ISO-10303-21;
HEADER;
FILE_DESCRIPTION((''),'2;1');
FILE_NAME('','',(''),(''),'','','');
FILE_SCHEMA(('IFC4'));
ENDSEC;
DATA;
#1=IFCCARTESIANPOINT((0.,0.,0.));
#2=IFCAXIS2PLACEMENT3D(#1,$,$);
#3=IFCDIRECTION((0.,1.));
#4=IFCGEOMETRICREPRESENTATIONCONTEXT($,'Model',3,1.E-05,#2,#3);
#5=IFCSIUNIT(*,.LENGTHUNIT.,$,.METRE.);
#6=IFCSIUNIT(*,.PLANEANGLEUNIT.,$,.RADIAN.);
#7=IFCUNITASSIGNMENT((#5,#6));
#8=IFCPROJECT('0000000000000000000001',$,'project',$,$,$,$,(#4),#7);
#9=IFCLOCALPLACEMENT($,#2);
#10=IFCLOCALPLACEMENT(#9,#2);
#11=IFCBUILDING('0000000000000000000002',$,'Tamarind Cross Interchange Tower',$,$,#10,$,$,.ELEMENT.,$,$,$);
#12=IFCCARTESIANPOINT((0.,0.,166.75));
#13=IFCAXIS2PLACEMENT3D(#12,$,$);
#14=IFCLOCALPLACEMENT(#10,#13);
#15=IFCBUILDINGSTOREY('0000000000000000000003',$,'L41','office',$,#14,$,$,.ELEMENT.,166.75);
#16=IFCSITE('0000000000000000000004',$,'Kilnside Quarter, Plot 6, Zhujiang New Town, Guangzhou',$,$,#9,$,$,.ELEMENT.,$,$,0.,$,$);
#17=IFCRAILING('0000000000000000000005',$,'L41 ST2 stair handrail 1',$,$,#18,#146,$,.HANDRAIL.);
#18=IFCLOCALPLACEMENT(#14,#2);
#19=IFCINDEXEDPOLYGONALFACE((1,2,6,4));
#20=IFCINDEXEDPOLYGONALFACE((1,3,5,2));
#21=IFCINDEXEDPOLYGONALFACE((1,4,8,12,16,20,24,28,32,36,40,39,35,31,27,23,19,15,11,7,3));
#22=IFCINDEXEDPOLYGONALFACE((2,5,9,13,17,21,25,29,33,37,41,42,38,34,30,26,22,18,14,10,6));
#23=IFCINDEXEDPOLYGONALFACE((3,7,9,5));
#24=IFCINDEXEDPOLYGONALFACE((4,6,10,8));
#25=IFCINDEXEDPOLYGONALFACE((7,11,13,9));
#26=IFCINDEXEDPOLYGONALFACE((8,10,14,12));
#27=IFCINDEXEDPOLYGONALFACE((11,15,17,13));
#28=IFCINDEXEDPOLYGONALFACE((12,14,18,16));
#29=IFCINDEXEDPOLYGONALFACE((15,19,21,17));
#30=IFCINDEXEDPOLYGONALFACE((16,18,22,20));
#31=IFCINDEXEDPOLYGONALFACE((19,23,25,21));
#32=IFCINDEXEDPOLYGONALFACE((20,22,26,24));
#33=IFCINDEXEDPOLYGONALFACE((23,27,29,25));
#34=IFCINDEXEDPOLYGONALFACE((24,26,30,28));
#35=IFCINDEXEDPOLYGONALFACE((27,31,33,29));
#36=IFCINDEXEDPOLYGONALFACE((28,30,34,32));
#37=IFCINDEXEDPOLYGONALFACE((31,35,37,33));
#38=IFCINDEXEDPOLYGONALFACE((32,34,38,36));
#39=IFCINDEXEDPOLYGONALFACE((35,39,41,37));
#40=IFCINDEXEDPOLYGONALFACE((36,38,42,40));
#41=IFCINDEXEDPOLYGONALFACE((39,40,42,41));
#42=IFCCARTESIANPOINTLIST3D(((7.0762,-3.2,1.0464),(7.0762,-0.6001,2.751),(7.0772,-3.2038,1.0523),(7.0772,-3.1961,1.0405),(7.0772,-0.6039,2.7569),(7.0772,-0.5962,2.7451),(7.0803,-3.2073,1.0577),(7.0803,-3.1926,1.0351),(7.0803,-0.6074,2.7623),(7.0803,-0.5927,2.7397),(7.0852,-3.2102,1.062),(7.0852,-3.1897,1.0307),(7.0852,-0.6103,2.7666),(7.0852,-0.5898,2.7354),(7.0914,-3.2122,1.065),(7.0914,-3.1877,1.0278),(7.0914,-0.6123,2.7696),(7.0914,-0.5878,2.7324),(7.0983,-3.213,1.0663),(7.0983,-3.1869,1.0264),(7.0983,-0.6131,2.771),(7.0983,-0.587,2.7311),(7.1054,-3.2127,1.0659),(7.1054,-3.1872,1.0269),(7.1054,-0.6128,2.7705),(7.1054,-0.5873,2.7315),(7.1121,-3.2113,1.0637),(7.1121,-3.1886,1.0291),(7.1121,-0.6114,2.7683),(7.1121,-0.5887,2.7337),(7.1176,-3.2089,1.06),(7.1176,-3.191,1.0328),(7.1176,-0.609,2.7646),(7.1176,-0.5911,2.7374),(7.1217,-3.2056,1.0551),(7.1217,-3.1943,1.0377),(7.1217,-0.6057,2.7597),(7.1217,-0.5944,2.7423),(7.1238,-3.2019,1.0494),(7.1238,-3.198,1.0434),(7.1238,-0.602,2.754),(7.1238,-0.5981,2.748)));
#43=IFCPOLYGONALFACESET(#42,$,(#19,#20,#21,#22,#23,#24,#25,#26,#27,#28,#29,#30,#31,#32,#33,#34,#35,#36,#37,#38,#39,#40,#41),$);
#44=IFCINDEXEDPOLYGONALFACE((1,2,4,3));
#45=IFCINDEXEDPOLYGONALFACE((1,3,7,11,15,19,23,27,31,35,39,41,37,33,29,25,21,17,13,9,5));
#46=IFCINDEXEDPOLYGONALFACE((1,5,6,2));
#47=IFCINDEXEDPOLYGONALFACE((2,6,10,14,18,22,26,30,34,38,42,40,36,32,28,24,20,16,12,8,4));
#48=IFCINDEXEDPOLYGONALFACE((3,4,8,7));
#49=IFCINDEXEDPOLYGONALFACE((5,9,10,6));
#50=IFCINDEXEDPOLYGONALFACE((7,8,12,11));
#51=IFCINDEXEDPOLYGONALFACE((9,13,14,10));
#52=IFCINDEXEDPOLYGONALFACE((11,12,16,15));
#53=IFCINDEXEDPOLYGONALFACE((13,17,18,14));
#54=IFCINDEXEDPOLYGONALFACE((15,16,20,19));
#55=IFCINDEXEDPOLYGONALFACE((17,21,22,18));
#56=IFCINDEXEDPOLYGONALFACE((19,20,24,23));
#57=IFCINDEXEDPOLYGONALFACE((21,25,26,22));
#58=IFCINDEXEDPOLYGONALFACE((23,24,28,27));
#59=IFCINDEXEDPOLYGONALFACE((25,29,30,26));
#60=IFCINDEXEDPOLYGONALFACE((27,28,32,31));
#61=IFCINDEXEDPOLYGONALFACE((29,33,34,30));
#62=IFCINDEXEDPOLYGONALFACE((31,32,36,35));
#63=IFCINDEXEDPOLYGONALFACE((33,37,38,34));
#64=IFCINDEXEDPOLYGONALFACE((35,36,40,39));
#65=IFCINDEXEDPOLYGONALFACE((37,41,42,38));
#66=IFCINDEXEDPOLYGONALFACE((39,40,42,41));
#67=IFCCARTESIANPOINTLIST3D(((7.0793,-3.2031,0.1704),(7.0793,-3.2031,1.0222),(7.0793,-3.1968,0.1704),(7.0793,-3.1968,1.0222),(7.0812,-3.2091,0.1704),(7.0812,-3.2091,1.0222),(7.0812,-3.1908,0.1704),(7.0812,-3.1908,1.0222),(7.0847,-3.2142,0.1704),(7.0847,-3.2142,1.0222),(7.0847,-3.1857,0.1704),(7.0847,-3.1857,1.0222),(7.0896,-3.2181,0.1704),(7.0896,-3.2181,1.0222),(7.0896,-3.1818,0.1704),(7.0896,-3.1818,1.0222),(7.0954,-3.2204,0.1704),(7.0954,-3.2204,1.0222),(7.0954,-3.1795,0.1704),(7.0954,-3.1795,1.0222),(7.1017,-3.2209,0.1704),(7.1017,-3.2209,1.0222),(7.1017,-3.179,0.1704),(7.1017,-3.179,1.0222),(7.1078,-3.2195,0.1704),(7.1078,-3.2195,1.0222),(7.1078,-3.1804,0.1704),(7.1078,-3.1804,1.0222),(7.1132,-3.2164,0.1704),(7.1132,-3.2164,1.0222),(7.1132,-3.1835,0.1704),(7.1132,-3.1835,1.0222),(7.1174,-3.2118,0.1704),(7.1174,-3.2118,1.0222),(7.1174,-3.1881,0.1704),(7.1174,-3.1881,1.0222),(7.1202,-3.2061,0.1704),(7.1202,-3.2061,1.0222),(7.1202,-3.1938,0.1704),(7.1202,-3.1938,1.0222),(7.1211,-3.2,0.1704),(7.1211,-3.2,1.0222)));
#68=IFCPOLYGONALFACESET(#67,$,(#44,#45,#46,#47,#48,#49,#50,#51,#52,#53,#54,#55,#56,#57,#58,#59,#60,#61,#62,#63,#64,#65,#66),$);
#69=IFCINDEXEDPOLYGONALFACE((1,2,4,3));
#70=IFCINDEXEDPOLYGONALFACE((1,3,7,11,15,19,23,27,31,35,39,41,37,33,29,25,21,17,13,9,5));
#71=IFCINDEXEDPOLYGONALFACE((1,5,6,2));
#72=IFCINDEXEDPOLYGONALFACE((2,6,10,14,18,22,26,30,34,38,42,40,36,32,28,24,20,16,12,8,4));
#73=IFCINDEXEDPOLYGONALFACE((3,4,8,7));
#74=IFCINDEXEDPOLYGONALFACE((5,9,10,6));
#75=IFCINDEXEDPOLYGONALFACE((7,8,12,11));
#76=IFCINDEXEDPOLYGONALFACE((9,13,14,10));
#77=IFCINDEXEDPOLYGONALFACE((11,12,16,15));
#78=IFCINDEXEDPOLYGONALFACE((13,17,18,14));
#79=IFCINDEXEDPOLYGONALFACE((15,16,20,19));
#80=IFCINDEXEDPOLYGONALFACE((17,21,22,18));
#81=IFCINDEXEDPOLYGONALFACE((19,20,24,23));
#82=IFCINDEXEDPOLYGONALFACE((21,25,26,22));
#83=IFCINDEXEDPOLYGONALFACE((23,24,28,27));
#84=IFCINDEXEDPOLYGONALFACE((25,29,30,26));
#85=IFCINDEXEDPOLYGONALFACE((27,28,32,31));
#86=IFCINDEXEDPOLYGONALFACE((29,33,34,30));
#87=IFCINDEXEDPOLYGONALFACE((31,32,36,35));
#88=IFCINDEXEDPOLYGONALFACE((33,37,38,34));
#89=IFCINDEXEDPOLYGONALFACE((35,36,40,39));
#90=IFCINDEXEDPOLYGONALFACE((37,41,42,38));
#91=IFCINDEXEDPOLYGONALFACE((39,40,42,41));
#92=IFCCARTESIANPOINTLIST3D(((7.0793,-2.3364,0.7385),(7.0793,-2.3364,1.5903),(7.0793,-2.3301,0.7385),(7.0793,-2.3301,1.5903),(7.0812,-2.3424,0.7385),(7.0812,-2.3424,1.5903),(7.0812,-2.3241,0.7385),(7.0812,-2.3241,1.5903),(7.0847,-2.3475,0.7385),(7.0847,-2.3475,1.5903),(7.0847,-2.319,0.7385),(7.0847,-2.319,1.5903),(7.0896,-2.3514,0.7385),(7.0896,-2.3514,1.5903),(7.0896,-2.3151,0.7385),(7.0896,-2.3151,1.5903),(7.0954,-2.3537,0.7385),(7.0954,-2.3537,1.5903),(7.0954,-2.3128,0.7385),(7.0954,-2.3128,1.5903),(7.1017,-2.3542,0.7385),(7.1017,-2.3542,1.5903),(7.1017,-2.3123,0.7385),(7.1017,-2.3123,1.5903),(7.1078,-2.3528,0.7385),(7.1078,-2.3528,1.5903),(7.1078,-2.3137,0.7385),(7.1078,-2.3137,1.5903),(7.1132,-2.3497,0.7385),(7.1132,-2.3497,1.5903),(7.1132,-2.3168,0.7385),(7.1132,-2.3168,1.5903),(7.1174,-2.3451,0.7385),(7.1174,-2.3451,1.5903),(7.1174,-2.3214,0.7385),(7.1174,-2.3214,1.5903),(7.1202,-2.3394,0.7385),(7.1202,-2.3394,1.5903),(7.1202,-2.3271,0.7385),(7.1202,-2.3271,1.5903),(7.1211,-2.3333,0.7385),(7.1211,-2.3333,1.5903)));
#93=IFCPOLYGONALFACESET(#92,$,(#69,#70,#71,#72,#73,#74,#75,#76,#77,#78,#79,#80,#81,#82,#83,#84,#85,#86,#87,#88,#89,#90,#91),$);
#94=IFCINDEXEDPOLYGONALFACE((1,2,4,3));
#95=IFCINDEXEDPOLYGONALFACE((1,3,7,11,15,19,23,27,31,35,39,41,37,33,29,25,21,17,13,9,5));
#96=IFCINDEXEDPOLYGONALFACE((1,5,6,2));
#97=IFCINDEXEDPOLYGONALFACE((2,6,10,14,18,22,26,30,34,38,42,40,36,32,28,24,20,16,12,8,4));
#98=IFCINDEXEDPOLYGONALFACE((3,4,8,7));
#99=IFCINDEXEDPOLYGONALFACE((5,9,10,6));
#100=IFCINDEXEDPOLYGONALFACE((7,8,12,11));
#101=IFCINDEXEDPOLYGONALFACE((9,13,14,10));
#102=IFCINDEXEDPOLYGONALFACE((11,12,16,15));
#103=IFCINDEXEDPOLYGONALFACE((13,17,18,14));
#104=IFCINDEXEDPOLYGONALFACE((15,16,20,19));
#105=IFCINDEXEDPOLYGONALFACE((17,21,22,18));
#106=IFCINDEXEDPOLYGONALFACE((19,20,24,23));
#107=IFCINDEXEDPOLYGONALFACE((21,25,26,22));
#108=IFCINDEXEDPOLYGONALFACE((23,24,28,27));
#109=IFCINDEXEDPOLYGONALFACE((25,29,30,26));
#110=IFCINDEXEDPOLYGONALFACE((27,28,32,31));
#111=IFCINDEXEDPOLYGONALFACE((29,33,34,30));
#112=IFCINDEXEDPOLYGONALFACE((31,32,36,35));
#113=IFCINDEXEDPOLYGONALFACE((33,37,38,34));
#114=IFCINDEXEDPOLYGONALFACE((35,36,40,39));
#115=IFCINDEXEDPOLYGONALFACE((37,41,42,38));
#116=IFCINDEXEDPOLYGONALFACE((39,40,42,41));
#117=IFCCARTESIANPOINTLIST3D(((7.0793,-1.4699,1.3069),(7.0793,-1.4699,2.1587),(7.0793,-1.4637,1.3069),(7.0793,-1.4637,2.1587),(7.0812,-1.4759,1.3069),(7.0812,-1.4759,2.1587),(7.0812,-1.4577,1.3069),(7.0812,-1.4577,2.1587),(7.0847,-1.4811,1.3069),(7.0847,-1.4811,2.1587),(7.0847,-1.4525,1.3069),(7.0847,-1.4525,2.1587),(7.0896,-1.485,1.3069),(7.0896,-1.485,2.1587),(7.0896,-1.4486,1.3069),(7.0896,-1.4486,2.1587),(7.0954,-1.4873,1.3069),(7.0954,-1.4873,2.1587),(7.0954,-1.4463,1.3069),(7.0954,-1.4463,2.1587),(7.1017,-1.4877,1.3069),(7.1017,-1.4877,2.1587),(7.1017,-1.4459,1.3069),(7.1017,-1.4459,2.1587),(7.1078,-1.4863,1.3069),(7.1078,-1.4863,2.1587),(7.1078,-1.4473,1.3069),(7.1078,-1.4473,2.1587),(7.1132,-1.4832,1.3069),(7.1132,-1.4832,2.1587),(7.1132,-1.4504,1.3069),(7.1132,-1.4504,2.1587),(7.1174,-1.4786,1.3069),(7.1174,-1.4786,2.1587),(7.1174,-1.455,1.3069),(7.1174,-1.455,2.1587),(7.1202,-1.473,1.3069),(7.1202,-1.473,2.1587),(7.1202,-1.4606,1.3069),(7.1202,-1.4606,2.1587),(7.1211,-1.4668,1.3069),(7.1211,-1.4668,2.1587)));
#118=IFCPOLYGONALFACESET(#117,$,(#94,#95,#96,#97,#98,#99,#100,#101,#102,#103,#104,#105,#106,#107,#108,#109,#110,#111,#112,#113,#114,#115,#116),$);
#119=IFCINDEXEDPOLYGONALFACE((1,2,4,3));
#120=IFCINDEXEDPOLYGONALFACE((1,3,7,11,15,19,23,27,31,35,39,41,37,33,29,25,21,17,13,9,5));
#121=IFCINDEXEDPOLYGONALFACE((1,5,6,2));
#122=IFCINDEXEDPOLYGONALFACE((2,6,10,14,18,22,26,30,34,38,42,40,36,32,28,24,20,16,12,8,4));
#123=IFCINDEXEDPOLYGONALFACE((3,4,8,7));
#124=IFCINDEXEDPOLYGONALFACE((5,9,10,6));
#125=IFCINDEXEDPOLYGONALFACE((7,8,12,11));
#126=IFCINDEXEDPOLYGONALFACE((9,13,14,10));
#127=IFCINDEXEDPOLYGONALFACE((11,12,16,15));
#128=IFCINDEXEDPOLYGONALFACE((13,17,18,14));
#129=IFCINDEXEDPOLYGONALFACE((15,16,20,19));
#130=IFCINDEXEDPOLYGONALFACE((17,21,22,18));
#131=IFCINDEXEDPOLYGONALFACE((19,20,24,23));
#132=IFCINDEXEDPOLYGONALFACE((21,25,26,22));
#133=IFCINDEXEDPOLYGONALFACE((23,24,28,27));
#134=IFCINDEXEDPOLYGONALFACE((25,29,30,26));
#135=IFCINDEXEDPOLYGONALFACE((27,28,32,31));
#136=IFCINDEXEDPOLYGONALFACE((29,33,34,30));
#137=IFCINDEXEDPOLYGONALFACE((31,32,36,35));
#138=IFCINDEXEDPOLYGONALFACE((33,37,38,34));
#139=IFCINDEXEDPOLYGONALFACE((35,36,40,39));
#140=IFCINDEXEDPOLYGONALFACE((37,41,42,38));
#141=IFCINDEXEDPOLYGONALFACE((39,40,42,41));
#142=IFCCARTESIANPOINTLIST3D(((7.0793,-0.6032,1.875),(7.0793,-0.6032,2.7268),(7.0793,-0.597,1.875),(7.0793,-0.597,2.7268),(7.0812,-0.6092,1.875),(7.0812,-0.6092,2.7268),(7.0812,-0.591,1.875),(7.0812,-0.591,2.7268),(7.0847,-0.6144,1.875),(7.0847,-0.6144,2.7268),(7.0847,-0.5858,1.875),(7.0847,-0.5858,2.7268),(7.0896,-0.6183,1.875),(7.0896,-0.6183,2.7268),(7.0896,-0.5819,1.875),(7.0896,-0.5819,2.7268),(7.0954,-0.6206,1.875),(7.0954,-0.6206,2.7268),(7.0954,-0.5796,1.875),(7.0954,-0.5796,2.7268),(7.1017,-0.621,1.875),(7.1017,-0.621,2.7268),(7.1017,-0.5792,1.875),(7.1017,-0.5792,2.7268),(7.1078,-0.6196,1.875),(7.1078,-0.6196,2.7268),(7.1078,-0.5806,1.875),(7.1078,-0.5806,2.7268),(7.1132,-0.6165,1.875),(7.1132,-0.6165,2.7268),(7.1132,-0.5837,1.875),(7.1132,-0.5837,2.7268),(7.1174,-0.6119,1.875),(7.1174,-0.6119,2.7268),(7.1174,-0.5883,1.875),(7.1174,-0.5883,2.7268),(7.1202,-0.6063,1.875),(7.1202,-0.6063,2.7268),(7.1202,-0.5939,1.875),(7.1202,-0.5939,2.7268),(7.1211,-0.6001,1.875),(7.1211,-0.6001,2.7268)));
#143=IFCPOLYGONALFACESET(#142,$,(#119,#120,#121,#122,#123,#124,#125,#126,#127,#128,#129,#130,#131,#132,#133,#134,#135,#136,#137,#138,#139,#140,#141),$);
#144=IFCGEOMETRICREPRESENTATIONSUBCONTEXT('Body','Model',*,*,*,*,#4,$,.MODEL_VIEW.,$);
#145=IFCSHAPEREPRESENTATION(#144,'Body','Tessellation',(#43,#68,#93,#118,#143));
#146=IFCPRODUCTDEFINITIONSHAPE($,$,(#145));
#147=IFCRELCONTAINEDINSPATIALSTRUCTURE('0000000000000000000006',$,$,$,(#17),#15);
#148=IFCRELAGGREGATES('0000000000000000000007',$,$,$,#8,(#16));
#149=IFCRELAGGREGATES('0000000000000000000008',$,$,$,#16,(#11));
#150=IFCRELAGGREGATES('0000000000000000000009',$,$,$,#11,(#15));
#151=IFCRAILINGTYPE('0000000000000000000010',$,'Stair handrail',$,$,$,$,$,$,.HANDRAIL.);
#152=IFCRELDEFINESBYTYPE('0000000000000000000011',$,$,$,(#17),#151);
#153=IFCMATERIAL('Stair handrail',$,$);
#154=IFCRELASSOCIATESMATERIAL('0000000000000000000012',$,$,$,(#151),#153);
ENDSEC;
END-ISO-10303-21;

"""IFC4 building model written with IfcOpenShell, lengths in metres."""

from ifc_helpers import new_model, si_unit, direction, frame, origin, origin_2d, place, context, subcontext, project, spatial, circle, extrude, material, type_object, element, save


model = new_model("IFC4")

# Units and contexts
model_context = context("Model", 3, precision=1e-05, world=origin(), true_north=direction((0.0, 1.0)))
body_context = subcontext(model_context, "Body", "Model", "MODEL_VIEW")
ifc_project = project(units=[si_unit("LENGTHUNIT", "METRE"), si_unit("PLANEANGLEUNIT", "RADIAN")], contexts=[model_context])

# Site, building, storey
site_placement = place(None, origin())
site = spatial("IfcSite", under=ifc_project, at=site_placement, Name="Kilnside Quarter, Plot 6, Zhujiang New Town, Guangzhou", CompositionType="ELEMENT", RefElevation=0.0)
building_placement = place(site_placement, origin())
building = spatial("IfcBuilding", under=site, at=building_placement, Name="Tamarind Cross Interchange Tower", CompositionType="ELEMENT")
storey_placement = place(building_placement, frame((0.0, 0.0, 166.75)))
storey = spatial("IfcBuildingStorey", under=building, at=storey_placement, Name="L41", Description="office", CompositionType="ELEMENT", Elevation=166.75)

# Railing
ifc_material_1 = material(Name="Stair handrail")
railing_type_1 = type_object("IfcRailingType", Name="Stair handrail", PredefinedType="HANDRAIL", material=ifc_material_1)
railing_1_placement = place(storey_placement, frame((7.1001, -3.2, 0.1704)))
element("IfcRailing", 1, at=railing_1_placement, inside=storey, type_object=railing_type_1, Name="L41 ST2 stair handrail 1", PredefinedType="HANDRAIL", context=body_context, shape_type="SweptSolid", body=[
    extrude(circle(Radius=0.0239, at=origin_2d()), frame((0.0, 0.0, 0.876), z_axis=(0.0, 0.836279, 0.548305), x_axis=(-1.0, 0.0, 0.0)), (0.0, 0.0, 1.0), 3.1089),
    extrude(circle(Radius=0.021, at=origin_2d()), origin(), (0.0, 0.0, 1.0), 0.8518),
    extrude(circle(Radius=0.021, at=origin_2d()), frame((0.0, 0.8667, 0.5681)), (0.0, 0.0, 1.0), 0.8518),
    extrude(circle(Radius=0.021, at=origin_2d()), frame((0.0, 1.7332, 1.1365)), (0.0, 0.0, 1.0), 0.8518),
    extrude(circle(Radius=0.021, at=origin_2d()), frame((0.0, 2.5999, 1.7046)), (0.0, 0.0, 1.0), 0.8518),
])

save(model, "model.ifc")
